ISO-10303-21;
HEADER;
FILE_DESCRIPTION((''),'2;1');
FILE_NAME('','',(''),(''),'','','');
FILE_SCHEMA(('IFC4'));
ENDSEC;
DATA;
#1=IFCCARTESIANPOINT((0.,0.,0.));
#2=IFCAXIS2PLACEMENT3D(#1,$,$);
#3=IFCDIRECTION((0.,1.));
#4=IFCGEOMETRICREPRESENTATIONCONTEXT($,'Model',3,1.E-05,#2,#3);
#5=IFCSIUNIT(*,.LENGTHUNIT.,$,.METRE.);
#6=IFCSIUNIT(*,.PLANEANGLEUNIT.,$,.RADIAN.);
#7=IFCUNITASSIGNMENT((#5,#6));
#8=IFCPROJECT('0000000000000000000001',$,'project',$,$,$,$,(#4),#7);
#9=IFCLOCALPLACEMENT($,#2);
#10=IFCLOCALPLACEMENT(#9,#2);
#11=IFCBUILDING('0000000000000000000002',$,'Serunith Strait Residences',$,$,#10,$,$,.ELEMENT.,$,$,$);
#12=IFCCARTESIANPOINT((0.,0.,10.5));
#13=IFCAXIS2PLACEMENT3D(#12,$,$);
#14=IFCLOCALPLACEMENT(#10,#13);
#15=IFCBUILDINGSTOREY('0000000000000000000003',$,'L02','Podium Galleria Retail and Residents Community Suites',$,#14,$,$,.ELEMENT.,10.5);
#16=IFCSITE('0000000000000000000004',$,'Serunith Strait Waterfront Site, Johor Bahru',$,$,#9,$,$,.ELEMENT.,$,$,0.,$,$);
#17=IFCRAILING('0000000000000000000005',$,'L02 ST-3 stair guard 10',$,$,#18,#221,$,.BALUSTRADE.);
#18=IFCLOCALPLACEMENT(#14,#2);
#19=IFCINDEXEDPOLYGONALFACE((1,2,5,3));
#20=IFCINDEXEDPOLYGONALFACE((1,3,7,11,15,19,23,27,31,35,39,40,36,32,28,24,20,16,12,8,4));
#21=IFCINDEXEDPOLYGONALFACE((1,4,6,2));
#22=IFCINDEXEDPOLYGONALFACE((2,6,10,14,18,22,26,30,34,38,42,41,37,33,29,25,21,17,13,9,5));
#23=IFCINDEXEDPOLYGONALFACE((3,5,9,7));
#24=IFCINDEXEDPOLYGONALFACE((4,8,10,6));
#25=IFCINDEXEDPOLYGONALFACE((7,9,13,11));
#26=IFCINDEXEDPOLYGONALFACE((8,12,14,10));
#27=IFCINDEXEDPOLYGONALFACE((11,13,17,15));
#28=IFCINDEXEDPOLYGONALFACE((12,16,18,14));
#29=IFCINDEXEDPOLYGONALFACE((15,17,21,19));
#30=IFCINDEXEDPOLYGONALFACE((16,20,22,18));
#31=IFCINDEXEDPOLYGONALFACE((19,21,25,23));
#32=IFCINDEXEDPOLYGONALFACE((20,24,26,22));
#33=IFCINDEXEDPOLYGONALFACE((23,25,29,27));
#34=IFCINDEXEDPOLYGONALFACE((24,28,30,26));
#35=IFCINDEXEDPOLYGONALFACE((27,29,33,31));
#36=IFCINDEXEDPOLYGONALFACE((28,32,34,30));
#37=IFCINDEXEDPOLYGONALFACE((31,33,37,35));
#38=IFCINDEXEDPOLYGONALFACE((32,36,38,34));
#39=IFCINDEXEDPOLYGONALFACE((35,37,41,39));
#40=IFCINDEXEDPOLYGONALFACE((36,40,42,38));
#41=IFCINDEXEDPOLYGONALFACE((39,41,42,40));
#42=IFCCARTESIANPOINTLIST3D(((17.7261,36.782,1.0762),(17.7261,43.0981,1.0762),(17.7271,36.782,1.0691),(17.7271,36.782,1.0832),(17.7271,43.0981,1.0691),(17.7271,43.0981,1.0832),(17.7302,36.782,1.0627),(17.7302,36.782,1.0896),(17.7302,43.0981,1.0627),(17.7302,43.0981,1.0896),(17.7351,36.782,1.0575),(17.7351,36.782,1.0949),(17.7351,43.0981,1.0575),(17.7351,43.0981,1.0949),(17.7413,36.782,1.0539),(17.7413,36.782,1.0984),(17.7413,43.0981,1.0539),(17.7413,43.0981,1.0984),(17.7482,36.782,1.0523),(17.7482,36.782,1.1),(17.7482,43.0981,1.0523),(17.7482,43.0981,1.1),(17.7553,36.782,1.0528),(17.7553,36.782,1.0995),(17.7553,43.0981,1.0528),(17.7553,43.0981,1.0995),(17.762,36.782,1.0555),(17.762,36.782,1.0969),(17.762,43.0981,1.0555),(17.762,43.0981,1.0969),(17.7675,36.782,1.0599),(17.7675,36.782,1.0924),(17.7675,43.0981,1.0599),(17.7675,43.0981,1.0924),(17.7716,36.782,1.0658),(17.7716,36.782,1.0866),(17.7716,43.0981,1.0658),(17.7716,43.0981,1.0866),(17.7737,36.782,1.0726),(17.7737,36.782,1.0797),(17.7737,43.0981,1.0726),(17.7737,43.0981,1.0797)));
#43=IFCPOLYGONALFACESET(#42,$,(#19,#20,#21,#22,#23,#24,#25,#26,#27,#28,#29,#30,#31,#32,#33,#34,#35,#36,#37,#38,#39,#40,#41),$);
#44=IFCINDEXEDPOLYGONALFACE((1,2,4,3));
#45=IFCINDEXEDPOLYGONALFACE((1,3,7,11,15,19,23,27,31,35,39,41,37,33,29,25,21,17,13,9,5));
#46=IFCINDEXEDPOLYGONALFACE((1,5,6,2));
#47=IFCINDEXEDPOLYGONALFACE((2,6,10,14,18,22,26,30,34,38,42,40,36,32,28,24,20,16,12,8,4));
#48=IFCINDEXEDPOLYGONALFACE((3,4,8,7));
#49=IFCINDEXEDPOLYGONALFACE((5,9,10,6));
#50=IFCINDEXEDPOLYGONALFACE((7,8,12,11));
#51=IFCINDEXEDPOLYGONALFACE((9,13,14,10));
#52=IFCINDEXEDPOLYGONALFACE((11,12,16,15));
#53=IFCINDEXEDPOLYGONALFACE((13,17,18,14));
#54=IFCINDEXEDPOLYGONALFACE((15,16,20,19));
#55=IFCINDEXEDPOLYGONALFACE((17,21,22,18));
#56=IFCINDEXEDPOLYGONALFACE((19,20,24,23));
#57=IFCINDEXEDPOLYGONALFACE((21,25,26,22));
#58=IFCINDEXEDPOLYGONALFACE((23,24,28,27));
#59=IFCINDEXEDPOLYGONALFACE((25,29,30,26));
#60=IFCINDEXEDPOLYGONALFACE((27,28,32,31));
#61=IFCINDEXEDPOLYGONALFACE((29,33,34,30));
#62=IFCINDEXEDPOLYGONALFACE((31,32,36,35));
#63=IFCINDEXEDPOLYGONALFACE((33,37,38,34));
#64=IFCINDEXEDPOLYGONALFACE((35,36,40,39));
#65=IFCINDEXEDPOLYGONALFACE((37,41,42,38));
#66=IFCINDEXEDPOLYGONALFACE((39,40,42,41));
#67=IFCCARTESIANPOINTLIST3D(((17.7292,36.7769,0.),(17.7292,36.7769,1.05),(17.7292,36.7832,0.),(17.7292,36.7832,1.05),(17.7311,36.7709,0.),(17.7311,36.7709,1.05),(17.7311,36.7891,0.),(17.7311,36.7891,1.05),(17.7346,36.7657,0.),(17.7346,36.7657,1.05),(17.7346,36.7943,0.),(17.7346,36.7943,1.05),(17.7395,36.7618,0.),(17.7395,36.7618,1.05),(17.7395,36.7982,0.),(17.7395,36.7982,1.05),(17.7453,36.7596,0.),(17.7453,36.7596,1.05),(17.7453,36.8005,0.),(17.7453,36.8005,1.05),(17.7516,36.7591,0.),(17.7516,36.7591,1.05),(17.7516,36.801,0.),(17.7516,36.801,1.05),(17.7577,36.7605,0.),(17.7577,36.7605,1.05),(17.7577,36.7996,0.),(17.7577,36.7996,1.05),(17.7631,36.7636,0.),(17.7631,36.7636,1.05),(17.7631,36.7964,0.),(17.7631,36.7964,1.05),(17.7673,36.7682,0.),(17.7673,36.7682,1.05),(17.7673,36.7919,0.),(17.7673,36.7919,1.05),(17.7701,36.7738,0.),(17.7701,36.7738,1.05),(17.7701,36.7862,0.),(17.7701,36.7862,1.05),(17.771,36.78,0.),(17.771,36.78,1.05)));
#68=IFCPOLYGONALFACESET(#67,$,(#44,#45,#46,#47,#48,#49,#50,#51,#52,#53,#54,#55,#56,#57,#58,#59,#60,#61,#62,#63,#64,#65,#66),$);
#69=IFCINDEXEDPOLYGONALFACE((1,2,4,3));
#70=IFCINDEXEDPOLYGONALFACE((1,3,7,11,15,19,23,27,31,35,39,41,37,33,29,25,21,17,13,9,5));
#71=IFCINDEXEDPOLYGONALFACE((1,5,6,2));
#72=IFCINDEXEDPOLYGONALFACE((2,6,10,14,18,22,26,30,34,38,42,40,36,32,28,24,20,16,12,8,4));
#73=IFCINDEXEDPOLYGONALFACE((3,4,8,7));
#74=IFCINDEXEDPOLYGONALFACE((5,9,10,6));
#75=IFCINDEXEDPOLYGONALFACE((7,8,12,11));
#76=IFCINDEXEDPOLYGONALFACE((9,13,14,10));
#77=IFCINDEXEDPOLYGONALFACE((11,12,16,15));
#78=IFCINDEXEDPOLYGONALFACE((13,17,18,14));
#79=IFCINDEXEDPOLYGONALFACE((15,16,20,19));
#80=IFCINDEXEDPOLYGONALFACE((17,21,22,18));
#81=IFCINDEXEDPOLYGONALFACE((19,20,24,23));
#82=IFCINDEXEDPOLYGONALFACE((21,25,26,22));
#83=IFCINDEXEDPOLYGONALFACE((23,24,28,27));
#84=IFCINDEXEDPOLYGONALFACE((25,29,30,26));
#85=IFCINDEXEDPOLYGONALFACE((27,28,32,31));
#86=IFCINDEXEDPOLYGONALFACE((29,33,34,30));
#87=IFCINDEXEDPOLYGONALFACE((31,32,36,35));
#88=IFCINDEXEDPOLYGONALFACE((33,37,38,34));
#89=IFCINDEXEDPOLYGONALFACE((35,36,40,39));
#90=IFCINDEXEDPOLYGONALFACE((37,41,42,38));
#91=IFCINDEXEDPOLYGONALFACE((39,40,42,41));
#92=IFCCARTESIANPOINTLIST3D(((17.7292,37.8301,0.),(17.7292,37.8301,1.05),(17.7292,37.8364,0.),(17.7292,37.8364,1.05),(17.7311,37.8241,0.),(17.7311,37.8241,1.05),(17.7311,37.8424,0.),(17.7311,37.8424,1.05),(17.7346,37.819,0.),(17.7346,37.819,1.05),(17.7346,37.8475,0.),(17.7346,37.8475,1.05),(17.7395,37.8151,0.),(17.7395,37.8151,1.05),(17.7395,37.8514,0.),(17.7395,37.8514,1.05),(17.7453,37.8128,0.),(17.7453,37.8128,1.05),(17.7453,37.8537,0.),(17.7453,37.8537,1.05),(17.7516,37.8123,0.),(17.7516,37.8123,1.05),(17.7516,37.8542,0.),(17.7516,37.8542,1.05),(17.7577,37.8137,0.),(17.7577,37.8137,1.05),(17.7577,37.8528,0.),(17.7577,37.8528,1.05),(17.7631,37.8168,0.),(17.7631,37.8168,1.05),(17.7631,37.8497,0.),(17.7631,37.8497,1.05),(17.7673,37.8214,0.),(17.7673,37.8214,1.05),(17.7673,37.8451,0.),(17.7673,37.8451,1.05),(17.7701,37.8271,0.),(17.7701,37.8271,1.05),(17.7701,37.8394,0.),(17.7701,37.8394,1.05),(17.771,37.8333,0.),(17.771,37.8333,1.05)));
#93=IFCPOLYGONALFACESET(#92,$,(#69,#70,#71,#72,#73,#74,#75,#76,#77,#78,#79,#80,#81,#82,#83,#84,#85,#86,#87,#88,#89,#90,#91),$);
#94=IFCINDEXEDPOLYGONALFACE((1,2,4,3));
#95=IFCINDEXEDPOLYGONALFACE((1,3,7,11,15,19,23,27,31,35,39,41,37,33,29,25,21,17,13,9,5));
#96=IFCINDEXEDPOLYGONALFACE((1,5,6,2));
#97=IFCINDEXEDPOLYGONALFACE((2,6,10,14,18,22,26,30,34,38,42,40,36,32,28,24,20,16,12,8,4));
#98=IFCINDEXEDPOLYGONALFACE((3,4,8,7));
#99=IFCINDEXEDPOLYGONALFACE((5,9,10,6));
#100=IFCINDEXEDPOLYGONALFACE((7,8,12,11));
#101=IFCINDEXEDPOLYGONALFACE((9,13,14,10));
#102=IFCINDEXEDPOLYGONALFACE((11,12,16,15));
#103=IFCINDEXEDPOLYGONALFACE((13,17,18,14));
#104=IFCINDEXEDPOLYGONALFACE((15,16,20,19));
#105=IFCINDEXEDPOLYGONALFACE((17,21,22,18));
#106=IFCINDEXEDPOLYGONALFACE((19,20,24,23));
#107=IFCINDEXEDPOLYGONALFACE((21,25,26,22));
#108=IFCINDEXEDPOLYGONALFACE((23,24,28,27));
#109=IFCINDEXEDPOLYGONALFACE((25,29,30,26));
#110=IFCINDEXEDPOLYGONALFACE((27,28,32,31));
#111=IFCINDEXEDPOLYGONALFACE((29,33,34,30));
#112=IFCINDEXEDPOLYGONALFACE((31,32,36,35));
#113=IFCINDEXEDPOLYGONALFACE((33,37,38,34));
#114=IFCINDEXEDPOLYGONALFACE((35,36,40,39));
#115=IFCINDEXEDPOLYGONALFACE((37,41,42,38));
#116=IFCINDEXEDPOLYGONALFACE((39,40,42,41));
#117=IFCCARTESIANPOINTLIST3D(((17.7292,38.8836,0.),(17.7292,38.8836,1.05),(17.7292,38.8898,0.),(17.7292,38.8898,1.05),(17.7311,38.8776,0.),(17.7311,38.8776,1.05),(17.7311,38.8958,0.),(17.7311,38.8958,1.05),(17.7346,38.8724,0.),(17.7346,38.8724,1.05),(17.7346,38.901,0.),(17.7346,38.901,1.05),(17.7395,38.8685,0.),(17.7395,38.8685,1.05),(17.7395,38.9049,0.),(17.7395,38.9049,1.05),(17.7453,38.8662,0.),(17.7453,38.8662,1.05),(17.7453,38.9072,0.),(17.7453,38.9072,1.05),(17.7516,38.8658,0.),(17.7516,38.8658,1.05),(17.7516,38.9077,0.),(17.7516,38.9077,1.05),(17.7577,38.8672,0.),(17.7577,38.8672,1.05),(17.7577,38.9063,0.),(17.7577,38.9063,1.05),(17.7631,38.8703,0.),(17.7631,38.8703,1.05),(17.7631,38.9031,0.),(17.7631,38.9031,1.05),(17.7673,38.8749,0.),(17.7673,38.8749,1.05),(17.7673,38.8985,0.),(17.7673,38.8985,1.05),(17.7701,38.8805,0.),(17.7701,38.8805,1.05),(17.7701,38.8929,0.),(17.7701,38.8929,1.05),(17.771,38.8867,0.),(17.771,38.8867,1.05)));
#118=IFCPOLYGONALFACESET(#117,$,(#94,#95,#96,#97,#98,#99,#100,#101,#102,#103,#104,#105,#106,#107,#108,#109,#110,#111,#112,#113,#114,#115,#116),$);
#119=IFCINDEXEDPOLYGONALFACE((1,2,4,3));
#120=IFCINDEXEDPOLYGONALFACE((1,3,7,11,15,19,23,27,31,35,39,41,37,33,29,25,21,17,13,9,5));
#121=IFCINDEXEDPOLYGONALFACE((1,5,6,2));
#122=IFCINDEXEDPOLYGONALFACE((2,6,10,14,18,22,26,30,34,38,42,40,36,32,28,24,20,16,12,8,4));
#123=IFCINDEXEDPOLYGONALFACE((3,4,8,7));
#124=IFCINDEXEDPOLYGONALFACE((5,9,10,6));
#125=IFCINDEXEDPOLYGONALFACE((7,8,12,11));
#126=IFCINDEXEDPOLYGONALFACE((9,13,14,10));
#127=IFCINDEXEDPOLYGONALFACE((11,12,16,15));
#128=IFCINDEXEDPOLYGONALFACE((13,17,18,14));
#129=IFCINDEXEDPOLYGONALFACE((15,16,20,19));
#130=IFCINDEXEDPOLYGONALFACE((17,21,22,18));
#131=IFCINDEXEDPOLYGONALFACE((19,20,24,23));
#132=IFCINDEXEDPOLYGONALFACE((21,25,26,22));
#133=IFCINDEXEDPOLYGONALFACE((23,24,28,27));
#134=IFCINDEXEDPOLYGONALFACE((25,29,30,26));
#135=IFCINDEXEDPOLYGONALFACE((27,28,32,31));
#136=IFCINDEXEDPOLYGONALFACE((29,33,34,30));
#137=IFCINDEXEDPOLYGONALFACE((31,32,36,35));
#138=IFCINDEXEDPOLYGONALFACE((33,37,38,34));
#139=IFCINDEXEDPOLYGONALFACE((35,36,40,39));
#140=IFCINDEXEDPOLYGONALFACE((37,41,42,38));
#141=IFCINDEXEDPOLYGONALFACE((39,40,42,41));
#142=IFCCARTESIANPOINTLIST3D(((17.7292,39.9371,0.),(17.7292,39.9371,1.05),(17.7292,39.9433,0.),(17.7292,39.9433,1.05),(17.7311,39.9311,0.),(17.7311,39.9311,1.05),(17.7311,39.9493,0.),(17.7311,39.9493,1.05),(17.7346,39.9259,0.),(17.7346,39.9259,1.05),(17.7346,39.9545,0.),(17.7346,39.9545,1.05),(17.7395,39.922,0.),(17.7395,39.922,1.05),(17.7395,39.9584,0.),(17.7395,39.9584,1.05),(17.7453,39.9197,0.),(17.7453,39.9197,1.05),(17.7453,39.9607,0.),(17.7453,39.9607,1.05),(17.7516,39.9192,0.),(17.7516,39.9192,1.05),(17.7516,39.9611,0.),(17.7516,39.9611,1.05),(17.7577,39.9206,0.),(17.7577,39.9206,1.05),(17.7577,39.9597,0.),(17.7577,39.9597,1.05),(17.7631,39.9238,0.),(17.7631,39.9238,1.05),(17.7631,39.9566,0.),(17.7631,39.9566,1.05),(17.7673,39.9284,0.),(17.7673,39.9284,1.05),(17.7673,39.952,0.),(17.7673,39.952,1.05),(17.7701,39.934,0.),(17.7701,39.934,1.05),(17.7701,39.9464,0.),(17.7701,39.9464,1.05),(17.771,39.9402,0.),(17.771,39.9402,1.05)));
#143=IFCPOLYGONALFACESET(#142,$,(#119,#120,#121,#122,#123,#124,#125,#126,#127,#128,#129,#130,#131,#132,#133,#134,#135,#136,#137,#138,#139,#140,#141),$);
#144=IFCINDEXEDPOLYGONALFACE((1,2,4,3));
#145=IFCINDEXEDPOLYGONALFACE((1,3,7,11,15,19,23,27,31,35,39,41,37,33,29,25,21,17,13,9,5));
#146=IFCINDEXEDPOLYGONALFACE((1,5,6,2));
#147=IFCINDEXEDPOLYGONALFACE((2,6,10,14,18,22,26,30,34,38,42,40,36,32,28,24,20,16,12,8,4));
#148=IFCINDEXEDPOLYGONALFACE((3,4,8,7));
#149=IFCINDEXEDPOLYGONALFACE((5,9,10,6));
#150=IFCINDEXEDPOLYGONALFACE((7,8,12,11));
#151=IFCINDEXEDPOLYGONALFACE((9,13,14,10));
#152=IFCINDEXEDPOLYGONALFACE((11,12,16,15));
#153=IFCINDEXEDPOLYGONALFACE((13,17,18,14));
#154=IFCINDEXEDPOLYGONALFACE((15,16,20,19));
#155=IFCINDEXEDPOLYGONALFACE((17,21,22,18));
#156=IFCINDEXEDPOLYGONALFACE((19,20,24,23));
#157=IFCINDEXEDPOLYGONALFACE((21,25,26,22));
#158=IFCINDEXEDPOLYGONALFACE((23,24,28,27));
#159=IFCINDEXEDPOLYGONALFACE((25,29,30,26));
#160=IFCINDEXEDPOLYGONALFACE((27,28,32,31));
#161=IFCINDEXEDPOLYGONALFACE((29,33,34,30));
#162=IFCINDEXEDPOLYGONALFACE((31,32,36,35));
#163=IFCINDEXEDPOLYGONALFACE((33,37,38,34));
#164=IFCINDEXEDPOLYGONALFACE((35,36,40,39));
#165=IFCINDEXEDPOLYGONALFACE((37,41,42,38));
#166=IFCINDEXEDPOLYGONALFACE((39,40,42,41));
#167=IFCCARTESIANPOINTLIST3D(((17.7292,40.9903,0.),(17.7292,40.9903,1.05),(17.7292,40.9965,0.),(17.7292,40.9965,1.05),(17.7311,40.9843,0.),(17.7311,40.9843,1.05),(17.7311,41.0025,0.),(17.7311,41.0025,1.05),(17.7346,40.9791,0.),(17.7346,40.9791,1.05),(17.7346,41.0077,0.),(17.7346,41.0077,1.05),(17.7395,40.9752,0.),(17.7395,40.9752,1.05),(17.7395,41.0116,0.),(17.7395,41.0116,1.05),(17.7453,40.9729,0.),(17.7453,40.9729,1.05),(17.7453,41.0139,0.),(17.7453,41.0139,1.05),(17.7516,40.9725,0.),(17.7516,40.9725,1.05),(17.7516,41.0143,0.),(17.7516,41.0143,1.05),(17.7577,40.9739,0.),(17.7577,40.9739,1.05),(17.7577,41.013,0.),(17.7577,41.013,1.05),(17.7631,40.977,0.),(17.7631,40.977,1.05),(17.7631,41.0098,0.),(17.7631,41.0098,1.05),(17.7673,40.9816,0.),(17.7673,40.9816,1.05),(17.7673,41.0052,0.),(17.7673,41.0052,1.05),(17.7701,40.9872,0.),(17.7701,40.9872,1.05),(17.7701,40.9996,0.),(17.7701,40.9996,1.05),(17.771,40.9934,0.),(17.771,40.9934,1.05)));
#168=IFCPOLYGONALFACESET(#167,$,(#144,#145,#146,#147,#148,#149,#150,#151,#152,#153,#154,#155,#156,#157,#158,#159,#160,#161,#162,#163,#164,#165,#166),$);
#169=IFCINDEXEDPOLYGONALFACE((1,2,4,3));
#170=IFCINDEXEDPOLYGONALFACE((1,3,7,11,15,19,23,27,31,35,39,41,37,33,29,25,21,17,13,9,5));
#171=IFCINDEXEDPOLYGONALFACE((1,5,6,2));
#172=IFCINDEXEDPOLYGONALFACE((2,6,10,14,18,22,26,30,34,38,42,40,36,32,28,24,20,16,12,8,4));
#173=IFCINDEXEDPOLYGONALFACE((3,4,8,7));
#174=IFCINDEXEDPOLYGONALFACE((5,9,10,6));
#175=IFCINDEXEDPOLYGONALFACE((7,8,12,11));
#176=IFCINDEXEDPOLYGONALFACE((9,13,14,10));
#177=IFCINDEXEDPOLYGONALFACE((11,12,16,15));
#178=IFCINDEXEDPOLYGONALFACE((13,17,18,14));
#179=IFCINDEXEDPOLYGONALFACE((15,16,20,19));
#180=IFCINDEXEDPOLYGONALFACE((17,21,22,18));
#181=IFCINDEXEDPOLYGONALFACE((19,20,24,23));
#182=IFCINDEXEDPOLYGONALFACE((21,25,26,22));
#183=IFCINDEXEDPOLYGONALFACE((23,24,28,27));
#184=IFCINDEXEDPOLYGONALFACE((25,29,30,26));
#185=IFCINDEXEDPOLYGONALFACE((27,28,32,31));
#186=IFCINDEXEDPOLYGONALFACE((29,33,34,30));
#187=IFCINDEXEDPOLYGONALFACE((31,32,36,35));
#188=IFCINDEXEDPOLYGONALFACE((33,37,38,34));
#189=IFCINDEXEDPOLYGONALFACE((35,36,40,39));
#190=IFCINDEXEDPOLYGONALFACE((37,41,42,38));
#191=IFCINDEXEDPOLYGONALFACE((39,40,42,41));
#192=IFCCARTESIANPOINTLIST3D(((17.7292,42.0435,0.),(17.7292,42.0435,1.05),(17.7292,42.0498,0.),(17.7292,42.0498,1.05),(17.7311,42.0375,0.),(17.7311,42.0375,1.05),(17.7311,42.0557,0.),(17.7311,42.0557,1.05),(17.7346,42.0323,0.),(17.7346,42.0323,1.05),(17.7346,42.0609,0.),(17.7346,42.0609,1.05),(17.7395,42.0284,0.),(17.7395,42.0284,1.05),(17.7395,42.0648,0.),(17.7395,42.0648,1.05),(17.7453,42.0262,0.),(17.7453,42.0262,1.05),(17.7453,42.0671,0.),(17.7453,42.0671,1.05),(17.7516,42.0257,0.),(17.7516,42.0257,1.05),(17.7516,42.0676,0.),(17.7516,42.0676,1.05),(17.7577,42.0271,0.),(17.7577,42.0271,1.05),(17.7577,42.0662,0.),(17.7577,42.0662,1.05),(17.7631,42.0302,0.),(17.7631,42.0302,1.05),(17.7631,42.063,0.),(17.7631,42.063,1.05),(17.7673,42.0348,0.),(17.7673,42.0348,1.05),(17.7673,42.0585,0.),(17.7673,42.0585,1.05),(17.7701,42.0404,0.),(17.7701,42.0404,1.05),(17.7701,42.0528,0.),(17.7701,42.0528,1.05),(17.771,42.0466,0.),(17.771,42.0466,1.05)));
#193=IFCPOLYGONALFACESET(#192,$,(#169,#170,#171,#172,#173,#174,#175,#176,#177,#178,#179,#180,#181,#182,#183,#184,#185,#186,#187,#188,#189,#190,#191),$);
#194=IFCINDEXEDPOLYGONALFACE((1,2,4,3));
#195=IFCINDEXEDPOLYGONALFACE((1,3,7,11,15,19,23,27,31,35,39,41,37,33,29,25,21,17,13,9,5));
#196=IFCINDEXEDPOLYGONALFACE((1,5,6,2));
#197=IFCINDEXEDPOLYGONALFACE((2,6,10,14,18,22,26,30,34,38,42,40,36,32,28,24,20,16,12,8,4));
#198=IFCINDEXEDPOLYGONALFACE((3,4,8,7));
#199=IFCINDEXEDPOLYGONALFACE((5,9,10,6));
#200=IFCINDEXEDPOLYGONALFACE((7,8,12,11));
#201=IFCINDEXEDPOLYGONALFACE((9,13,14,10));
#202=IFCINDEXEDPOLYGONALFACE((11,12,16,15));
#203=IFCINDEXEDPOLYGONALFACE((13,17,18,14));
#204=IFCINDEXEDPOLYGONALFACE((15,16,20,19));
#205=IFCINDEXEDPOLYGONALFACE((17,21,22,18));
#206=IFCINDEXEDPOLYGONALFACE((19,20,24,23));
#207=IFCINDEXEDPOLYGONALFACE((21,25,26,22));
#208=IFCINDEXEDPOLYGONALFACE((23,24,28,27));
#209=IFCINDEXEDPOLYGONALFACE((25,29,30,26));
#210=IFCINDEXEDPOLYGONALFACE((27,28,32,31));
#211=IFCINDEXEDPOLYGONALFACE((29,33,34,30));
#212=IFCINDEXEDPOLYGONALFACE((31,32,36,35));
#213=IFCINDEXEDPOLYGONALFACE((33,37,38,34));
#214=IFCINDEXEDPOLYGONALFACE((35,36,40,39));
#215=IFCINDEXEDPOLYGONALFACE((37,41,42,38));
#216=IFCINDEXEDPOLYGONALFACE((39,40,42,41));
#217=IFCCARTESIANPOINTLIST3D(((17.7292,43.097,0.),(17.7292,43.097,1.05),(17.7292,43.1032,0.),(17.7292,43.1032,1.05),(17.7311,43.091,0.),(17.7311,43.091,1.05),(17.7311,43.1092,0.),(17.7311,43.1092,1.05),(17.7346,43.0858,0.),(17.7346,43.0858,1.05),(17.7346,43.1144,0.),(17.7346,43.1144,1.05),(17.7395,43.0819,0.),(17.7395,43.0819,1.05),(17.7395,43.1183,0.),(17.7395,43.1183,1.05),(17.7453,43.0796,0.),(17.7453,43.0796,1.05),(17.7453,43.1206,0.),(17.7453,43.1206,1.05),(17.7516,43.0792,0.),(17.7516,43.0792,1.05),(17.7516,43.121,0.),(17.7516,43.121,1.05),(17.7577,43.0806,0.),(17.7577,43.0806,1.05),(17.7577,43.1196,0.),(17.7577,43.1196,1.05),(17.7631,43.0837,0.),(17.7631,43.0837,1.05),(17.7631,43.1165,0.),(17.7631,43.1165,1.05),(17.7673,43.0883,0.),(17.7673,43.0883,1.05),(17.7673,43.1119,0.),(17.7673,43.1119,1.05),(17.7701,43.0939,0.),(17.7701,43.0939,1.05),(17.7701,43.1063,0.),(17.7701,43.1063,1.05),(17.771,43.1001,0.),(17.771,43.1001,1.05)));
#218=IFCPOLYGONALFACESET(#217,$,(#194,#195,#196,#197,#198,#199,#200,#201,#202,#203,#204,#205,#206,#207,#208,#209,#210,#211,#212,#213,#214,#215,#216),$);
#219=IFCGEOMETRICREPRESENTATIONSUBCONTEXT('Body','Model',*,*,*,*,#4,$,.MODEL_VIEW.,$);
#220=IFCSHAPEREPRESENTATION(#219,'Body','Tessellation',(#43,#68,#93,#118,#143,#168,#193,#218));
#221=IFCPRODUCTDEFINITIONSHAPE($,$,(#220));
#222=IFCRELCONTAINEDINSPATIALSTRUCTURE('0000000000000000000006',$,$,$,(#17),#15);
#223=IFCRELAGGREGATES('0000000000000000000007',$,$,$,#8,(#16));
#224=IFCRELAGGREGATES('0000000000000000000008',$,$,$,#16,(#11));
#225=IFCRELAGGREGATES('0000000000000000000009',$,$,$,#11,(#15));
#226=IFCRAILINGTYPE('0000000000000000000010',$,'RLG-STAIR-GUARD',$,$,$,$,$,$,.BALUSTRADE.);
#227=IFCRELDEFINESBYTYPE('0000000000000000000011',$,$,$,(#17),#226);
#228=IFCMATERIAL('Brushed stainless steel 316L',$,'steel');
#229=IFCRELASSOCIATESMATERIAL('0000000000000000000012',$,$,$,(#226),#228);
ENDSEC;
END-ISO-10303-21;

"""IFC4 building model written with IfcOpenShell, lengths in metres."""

from ifc_helpers import new_model, si_unit, direction, frame, origin, origin_2d, place, context, subcontext, project, spatial, circle, extrude, material, type_object, element, save


model = new_model("IFC4")

# Units and contexts
model_context = context("Model", 3, precision=1e-05, world=origin(), true_north=direction((0.0, 1.0)))
body_context = subcontext(model_context, "Body", "Model", "MODEL_VIEW")
ifc_project = project(units=[si_unit("LENGTHUNIT", "METRE"), si_unit("PLANEANGLEUNIT", "RADIAN")], contexts=[model_context])

# Site, building, storey
site_placement = place(None, origin())
site = spatial("IfcSite", under=ifc_project, at=site_placement, Name="Serunith Strait Waterfront Site, Johor Bahru", CompositionType="ELEMENT", RefElevation=0.0)
building_placement = place(site_placement, origin())
building = spatial("IfcBuilding", under=site, at=building_placement, Name="Serunith Strait Residences", CompositionType="ELEMENT")
storey_placement = place(building_placement, frame((0.0, 0.0, 10.5)))
storey = spatial("IfcBuildingStorey", under=building, at=storey_placement, Name="L02", Description="Podium Galleria Retail and Residents Community Suites", CompositionType="ELEMENT", Elevation=10.5)

# Railing
ifc_material_1 = material(Name="Brushed stainless steel 316L", Category="steel")
railing_type_1 = type_object("IfcRailingType", Name="RLG-STAIR-GUARD", PredefinedType="BALUSTRADE", material=ifc_material_1)
railing_1_placement = place(storey_placement, frame((17.75, 36.78, 0.0)))
element("IfcRailing", 1, at=railing_1_placement, inside=storey, type_object=railing_type_1, Name="L02 ST-3 stair guard 10", PredefinedType="BALUSTRADE", context=body_context, shape_type="SweptSolid", body=[
    extrude(circle(Radius=0.0239, at=origin_2d()), frame((0.0, 0.002, 1.0762), z_axis=(0.0, 1.0, 0.0), x_axis=(-1.0, 0.0, 0.0)), (0.0, 0.0, 1.0), 6.3162),
    extrude(circle(Radius=0.021, at=origin_2d()), origin(), (0.0, 0.0, 1.0), 1.05),
    extrude(circle(Radius=0.021, at=origin_2d()), frame((0.0, 1.0532, 0.0)), (0.0, 0.0, 1.0), 1.05),
    extrude(circle(Radius=0.021, at=origin_2d()), frame((0.0, 2.1067, 0.0)), (0.0, 0.0, 1.0), 1.05),
    extrude(circle(Radius=0.021, at=origin_2d()), frame((0.0, 3.1602, 0.0)), (0.0, 0.0, 1.0), 1.05),
    extrude(circle(Radius=0.021, at=origin_2d()), frame((0.0, 4.2134, 0.0)), (0.0, 0.0, 1.0), 1.05),
    extrude(circle(Radius=0.021, at=origin_2d()), frame((0.0, 5.2666, 0.0)), (0.0, 0.0, 1.0), 1.05),
    extrude(circle(Radius=0.021, at=origin_2d()), frame((0.0, 6.3201, 0.0)), (0.0, 0.0, 1.0), 1.05),
])

save(model, "model.ifc")
